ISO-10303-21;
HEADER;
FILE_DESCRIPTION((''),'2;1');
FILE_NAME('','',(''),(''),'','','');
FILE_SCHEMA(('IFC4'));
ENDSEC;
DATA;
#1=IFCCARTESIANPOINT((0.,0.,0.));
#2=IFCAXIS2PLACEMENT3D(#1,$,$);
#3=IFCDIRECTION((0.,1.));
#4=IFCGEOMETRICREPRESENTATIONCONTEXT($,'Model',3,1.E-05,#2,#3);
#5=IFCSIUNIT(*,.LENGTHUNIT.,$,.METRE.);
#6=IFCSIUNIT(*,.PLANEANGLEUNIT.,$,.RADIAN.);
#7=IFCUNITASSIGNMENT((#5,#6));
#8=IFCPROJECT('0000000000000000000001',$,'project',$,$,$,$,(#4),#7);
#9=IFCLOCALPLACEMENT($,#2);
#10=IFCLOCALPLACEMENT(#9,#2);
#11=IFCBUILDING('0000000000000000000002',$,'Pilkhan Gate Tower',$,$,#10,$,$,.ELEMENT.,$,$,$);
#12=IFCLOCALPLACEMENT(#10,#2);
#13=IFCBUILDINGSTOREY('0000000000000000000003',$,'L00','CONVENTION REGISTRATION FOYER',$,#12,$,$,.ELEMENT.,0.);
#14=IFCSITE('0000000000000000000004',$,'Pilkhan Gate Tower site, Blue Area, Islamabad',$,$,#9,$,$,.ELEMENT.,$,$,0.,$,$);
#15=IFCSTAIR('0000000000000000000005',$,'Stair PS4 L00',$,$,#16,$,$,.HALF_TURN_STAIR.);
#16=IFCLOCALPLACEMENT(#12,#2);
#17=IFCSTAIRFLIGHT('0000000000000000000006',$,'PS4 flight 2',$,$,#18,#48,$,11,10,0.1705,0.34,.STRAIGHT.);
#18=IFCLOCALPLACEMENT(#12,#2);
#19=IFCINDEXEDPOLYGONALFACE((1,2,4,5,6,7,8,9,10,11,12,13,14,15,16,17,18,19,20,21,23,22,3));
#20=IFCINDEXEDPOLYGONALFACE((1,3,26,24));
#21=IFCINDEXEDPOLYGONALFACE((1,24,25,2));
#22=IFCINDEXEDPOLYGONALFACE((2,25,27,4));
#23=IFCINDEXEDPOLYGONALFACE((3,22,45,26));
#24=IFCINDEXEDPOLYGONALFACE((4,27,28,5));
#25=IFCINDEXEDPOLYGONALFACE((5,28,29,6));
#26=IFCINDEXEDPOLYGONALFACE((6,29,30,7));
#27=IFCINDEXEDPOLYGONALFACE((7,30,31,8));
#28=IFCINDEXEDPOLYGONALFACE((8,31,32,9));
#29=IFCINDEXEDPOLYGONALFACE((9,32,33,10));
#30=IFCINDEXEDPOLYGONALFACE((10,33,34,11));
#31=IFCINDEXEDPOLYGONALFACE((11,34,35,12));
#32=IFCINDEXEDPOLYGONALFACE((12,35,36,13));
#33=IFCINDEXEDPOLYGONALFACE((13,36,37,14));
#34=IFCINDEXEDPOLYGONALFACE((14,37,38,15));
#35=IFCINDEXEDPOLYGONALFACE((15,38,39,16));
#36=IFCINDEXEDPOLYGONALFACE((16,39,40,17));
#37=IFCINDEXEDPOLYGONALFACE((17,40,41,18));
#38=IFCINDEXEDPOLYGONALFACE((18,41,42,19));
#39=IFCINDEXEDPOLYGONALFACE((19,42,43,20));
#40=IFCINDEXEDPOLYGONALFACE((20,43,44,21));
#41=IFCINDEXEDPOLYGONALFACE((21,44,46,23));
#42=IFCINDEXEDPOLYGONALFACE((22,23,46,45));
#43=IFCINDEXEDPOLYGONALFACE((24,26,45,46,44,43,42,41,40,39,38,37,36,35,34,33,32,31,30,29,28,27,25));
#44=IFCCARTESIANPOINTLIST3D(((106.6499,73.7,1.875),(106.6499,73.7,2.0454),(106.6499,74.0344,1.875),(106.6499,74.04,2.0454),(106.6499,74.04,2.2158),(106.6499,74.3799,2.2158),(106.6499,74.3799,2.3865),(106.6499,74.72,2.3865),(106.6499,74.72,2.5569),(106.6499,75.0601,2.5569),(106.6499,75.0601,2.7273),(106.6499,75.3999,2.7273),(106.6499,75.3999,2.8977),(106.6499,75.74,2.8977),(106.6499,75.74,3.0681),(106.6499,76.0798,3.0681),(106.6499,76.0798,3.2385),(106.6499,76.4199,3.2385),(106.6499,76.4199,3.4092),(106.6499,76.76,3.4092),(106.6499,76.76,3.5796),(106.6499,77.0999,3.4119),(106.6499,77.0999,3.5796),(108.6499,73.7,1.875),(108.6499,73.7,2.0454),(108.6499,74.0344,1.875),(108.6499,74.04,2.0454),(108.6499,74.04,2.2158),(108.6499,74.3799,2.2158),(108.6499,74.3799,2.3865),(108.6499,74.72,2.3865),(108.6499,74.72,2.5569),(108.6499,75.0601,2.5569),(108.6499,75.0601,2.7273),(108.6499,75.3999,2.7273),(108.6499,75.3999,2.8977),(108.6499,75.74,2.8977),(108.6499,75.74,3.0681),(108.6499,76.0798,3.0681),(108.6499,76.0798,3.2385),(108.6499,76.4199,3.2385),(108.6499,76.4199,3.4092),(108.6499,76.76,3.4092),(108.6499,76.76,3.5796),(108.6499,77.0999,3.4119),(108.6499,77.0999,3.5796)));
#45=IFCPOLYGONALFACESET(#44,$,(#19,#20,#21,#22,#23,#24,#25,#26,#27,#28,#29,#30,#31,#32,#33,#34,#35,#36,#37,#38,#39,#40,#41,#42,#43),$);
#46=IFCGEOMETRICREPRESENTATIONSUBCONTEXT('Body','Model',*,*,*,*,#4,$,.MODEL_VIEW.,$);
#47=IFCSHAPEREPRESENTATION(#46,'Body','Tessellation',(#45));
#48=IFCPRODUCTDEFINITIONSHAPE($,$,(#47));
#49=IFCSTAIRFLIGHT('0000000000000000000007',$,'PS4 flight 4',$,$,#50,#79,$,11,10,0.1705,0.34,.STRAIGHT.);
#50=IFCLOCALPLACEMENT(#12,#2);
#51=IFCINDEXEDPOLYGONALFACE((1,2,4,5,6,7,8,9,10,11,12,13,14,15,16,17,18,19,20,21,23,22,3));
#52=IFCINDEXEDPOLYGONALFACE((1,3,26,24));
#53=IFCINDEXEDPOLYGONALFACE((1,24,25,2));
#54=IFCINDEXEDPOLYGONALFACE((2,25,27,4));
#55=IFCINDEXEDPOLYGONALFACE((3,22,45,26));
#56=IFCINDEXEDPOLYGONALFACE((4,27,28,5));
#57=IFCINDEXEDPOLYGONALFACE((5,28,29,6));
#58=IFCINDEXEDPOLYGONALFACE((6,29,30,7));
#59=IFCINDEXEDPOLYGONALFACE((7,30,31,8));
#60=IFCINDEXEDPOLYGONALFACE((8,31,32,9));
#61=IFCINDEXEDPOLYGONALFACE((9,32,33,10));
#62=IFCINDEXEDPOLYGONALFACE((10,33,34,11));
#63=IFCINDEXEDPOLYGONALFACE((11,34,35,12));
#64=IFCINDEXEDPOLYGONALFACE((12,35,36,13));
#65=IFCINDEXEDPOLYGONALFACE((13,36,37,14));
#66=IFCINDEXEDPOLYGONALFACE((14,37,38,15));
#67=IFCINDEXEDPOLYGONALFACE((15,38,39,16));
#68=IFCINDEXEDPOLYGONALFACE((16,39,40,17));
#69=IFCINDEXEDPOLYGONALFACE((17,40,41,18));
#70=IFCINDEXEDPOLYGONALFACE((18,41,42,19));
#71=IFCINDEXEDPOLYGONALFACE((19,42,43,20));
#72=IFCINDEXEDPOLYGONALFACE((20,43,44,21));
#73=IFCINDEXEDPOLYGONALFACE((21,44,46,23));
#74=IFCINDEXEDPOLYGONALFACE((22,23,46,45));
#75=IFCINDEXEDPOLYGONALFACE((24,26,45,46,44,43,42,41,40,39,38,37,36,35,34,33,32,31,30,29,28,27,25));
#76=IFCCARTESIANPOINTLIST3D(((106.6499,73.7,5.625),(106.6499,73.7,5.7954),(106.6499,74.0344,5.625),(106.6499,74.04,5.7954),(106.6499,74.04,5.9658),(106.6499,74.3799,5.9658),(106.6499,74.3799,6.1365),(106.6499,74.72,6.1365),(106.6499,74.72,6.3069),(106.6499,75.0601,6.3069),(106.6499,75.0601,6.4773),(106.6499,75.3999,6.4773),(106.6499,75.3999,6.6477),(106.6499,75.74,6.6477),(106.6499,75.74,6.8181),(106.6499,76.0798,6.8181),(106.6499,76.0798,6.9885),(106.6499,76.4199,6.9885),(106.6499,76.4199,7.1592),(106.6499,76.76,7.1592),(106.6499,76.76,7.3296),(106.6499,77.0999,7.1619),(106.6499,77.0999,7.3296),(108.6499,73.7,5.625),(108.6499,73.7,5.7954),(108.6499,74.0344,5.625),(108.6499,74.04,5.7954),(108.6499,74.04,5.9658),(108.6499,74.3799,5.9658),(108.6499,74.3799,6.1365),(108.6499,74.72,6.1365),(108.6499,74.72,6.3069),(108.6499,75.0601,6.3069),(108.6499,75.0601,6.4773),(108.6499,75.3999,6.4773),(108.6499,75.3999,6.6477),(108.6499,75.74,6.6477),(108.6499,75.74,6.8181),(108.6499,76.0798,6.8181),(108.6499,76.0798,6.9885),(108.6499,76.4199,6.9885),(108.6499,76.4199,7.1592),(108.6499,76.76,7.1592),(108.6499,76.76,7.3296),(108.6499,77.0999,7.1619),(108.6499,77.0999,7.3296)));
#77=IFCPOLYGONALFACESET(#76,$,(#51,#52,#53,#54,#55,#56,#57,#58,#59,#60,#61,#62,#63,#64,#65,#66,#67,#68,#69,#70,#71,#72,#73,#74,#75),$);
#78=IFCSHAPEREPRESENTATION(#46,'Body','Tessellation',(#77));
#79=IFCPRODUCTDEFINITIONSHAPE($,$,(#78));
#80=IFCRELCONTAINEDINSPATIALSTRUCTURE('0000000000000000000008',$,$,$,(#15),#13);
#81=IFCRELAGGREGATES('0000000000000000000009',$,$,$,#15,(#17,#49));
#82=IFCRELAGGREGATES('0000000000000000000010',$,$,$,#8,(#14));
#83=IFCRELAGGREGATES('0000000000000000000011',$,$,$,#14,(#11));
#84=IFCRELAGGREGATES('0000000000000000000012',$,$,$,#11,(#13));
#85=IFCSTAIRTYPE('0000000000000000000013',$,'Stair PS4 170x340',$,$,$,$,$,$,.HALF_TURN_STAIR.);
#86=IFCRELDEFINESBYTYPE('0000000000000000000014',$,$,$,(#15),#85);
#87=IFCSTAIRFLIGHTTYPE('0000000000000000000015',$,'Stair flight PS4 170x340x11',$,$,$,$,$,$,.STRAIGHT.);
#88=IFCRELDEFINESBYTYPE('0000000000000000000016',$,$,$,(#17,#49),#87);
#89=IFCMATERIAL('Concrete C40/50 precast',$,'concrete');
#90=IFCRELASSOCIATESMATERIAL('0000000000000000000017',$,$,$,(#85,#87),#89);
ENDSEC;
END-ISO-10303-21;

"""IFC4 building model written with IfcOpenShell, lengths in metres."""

from ifc_helpers import new_model, si_unit, direction, frame, origin, place, context, subcontext, project, spatial, polyline, outline, extrude, material, type_object, element, aggregate, save


model = new_model("IFC4")

# Units and contexts
model_context = context("Model", 3, precision=1e-05, world=origin(), true_north=direction((0.0, 1.0)))
body_context = subcontext(model_context, "Body", "Model", "MODEL_VIEW")
ifc_project = project(units=[si_unit("LENGTHUNIT", "METRE"), si_unit("PLANEANGLEUNIT", "RADIAN")], contexts=[model_context])

# Site, building, storey
site_placement = place(None, origin())
site = spatial("IfcSite", under=ifc_project, at=site_placement, Name="Pilkhan Gate Tower site, Blue Area, Islamabad", CompositionType="ELEMENT", RefElevation=0.0)
building_placement = place(site_placement, origin())
building = spatial("IfcBuilding", under=site, at=building_placement, Name="Pilkhan Gate Tower", CompositionType="ELEMENT")
storey_placement = place(building_placement, origin())
storey = spatial("IfcBuildingStorey", under=building, at=storey_placement, Name="L00", Description="CONVENTION REGISTRATION FOYER", CompositionType="ELEMENT", Elevation=0.0)

# Stair, stair flights
ifc_material_1 = material(Name="Concrete C40/50 precast", Category="concrete")
stair_type = type_object("IfcStairType", Name="Stair PS4 170x340", PredefinedType="HALF_TURN_STAIR", material=ifc_material_1)
stair_placement = place(storey_placement, origin())
stair = element("IfcStair", 1, at=stair_placement, inside=storey, type_object=stair_type, Name="Stair PS4 L00", PredefinedType="HALF_TURN_STAIR")
stair_flight_type = type_object("IfcStairFlightType", Name="Stair flight PS4 170x340x11", PredefinedType="STRAIGHT", material=ifc_material_1)
stair_flight_1_placement = place(storey_placement, frame((107.6499, 73.7, 1.875), z_axis=(0.0, 0.0, 1.0), x_axis=(0.0, 1.0, 0.0)))
stair_flight_1 = element("IfcStairFlight", 2, at=stair_flight_1_placement, type_object=stair_flight_type, Name="PS4 flight 2", NumberOfRisers=11, NumberOfTreads=10, PredefinedType="STRAIGHT", RiserHeight=0.1705, TreadLength=0.34, context=body_context, shape_type="SweptSolid", body=[
    extrude(outline(polyline([(0.0, 0.0), (0.0, 0.1704), (0.3401, 0.1704), (0.3401, 0.3408), (0.6799, 0.3408), (0.6799, 0.5115), (1.02, 0.5115), (1.02, 0.6819), (1.3601, 0.6819), (1.3601, 0.8523), (1.7, 0.8523), (1.7, 1.0227), (2.04, 1.0227), (2.04, 1.1931), (2.3799, 1.1931), (2.3799, 1.3635), (2.72, 1.3635), (2.72, 1.5342), (3.0601, 1.5342), (3.0601, 1.7046), (3.3999, 1.7046), (3.3999, 1.875), (3.3999, 1.5369), (0.3345, 0.0), (0.0, 0.0)])), frame((0.0, 1.0, 0.0), z_axis=(0.0, -1.0, 0.0), x_axis=(1.0, 0.0, 0.0)), (0.0, 0.0, 1.0), 2.0),
])
stair_flight_2_placement = place(storey_placement, frame((107.6499, 73.7, 5.625), z_axis=(0.0, 0.0, 1.0), x_axis=(0.0, 1.0, 0.0)))
stair_flight_2 = element("IfcStairFlight", 3, at=stair_flight_2_placement, type_object=stair_flight_type, Name="PS4 flight 4", NumberOfRisers=11, NumberOfTreads=10, PredefinedType="STRAIGHT", RiserHeight=0.1705, TreadLength=0.34, context=body_context, shape_type="SweptSolid", body=[
    extrude(outline(polyline([(0.0, 0.0), (0.0, 0.1704), (0.3401, 0.1704), (0.3401, 0.3408), (0.6799, 0.3408), (0.6799, 0.5115), (1.02, 0.5115), (1.02, 0.6819), (1.3601, 0.6819), (1.3601, 0.8523), (1.7, 0.8523), (1.7, 1.0227), (2.04, 1.0227), (2.04, 1.1931), (2.3799, 1.1931), (2.3799, 1.3635), (2.72, 1.3635), (2.72, 1.5342), (3.0601, 1.5342), (3.0601, 1.7046), (3.3999, 1.7046), (3.3999, 1.875), (3.3999, 1.5369), (0.3345, 0.0), (0.0, 0.0)])), frame((0.0, 1.0, 0.0), z_axis=(0.0, -1.0, 0.0), x_axis=(1.0, 0.0, 0.0)), (0.0, 0.0, 1.0), 2.0),
])
aggregate(stair, [stair_flight_1, stair_flight_2])

save(model, "model.ifc")
